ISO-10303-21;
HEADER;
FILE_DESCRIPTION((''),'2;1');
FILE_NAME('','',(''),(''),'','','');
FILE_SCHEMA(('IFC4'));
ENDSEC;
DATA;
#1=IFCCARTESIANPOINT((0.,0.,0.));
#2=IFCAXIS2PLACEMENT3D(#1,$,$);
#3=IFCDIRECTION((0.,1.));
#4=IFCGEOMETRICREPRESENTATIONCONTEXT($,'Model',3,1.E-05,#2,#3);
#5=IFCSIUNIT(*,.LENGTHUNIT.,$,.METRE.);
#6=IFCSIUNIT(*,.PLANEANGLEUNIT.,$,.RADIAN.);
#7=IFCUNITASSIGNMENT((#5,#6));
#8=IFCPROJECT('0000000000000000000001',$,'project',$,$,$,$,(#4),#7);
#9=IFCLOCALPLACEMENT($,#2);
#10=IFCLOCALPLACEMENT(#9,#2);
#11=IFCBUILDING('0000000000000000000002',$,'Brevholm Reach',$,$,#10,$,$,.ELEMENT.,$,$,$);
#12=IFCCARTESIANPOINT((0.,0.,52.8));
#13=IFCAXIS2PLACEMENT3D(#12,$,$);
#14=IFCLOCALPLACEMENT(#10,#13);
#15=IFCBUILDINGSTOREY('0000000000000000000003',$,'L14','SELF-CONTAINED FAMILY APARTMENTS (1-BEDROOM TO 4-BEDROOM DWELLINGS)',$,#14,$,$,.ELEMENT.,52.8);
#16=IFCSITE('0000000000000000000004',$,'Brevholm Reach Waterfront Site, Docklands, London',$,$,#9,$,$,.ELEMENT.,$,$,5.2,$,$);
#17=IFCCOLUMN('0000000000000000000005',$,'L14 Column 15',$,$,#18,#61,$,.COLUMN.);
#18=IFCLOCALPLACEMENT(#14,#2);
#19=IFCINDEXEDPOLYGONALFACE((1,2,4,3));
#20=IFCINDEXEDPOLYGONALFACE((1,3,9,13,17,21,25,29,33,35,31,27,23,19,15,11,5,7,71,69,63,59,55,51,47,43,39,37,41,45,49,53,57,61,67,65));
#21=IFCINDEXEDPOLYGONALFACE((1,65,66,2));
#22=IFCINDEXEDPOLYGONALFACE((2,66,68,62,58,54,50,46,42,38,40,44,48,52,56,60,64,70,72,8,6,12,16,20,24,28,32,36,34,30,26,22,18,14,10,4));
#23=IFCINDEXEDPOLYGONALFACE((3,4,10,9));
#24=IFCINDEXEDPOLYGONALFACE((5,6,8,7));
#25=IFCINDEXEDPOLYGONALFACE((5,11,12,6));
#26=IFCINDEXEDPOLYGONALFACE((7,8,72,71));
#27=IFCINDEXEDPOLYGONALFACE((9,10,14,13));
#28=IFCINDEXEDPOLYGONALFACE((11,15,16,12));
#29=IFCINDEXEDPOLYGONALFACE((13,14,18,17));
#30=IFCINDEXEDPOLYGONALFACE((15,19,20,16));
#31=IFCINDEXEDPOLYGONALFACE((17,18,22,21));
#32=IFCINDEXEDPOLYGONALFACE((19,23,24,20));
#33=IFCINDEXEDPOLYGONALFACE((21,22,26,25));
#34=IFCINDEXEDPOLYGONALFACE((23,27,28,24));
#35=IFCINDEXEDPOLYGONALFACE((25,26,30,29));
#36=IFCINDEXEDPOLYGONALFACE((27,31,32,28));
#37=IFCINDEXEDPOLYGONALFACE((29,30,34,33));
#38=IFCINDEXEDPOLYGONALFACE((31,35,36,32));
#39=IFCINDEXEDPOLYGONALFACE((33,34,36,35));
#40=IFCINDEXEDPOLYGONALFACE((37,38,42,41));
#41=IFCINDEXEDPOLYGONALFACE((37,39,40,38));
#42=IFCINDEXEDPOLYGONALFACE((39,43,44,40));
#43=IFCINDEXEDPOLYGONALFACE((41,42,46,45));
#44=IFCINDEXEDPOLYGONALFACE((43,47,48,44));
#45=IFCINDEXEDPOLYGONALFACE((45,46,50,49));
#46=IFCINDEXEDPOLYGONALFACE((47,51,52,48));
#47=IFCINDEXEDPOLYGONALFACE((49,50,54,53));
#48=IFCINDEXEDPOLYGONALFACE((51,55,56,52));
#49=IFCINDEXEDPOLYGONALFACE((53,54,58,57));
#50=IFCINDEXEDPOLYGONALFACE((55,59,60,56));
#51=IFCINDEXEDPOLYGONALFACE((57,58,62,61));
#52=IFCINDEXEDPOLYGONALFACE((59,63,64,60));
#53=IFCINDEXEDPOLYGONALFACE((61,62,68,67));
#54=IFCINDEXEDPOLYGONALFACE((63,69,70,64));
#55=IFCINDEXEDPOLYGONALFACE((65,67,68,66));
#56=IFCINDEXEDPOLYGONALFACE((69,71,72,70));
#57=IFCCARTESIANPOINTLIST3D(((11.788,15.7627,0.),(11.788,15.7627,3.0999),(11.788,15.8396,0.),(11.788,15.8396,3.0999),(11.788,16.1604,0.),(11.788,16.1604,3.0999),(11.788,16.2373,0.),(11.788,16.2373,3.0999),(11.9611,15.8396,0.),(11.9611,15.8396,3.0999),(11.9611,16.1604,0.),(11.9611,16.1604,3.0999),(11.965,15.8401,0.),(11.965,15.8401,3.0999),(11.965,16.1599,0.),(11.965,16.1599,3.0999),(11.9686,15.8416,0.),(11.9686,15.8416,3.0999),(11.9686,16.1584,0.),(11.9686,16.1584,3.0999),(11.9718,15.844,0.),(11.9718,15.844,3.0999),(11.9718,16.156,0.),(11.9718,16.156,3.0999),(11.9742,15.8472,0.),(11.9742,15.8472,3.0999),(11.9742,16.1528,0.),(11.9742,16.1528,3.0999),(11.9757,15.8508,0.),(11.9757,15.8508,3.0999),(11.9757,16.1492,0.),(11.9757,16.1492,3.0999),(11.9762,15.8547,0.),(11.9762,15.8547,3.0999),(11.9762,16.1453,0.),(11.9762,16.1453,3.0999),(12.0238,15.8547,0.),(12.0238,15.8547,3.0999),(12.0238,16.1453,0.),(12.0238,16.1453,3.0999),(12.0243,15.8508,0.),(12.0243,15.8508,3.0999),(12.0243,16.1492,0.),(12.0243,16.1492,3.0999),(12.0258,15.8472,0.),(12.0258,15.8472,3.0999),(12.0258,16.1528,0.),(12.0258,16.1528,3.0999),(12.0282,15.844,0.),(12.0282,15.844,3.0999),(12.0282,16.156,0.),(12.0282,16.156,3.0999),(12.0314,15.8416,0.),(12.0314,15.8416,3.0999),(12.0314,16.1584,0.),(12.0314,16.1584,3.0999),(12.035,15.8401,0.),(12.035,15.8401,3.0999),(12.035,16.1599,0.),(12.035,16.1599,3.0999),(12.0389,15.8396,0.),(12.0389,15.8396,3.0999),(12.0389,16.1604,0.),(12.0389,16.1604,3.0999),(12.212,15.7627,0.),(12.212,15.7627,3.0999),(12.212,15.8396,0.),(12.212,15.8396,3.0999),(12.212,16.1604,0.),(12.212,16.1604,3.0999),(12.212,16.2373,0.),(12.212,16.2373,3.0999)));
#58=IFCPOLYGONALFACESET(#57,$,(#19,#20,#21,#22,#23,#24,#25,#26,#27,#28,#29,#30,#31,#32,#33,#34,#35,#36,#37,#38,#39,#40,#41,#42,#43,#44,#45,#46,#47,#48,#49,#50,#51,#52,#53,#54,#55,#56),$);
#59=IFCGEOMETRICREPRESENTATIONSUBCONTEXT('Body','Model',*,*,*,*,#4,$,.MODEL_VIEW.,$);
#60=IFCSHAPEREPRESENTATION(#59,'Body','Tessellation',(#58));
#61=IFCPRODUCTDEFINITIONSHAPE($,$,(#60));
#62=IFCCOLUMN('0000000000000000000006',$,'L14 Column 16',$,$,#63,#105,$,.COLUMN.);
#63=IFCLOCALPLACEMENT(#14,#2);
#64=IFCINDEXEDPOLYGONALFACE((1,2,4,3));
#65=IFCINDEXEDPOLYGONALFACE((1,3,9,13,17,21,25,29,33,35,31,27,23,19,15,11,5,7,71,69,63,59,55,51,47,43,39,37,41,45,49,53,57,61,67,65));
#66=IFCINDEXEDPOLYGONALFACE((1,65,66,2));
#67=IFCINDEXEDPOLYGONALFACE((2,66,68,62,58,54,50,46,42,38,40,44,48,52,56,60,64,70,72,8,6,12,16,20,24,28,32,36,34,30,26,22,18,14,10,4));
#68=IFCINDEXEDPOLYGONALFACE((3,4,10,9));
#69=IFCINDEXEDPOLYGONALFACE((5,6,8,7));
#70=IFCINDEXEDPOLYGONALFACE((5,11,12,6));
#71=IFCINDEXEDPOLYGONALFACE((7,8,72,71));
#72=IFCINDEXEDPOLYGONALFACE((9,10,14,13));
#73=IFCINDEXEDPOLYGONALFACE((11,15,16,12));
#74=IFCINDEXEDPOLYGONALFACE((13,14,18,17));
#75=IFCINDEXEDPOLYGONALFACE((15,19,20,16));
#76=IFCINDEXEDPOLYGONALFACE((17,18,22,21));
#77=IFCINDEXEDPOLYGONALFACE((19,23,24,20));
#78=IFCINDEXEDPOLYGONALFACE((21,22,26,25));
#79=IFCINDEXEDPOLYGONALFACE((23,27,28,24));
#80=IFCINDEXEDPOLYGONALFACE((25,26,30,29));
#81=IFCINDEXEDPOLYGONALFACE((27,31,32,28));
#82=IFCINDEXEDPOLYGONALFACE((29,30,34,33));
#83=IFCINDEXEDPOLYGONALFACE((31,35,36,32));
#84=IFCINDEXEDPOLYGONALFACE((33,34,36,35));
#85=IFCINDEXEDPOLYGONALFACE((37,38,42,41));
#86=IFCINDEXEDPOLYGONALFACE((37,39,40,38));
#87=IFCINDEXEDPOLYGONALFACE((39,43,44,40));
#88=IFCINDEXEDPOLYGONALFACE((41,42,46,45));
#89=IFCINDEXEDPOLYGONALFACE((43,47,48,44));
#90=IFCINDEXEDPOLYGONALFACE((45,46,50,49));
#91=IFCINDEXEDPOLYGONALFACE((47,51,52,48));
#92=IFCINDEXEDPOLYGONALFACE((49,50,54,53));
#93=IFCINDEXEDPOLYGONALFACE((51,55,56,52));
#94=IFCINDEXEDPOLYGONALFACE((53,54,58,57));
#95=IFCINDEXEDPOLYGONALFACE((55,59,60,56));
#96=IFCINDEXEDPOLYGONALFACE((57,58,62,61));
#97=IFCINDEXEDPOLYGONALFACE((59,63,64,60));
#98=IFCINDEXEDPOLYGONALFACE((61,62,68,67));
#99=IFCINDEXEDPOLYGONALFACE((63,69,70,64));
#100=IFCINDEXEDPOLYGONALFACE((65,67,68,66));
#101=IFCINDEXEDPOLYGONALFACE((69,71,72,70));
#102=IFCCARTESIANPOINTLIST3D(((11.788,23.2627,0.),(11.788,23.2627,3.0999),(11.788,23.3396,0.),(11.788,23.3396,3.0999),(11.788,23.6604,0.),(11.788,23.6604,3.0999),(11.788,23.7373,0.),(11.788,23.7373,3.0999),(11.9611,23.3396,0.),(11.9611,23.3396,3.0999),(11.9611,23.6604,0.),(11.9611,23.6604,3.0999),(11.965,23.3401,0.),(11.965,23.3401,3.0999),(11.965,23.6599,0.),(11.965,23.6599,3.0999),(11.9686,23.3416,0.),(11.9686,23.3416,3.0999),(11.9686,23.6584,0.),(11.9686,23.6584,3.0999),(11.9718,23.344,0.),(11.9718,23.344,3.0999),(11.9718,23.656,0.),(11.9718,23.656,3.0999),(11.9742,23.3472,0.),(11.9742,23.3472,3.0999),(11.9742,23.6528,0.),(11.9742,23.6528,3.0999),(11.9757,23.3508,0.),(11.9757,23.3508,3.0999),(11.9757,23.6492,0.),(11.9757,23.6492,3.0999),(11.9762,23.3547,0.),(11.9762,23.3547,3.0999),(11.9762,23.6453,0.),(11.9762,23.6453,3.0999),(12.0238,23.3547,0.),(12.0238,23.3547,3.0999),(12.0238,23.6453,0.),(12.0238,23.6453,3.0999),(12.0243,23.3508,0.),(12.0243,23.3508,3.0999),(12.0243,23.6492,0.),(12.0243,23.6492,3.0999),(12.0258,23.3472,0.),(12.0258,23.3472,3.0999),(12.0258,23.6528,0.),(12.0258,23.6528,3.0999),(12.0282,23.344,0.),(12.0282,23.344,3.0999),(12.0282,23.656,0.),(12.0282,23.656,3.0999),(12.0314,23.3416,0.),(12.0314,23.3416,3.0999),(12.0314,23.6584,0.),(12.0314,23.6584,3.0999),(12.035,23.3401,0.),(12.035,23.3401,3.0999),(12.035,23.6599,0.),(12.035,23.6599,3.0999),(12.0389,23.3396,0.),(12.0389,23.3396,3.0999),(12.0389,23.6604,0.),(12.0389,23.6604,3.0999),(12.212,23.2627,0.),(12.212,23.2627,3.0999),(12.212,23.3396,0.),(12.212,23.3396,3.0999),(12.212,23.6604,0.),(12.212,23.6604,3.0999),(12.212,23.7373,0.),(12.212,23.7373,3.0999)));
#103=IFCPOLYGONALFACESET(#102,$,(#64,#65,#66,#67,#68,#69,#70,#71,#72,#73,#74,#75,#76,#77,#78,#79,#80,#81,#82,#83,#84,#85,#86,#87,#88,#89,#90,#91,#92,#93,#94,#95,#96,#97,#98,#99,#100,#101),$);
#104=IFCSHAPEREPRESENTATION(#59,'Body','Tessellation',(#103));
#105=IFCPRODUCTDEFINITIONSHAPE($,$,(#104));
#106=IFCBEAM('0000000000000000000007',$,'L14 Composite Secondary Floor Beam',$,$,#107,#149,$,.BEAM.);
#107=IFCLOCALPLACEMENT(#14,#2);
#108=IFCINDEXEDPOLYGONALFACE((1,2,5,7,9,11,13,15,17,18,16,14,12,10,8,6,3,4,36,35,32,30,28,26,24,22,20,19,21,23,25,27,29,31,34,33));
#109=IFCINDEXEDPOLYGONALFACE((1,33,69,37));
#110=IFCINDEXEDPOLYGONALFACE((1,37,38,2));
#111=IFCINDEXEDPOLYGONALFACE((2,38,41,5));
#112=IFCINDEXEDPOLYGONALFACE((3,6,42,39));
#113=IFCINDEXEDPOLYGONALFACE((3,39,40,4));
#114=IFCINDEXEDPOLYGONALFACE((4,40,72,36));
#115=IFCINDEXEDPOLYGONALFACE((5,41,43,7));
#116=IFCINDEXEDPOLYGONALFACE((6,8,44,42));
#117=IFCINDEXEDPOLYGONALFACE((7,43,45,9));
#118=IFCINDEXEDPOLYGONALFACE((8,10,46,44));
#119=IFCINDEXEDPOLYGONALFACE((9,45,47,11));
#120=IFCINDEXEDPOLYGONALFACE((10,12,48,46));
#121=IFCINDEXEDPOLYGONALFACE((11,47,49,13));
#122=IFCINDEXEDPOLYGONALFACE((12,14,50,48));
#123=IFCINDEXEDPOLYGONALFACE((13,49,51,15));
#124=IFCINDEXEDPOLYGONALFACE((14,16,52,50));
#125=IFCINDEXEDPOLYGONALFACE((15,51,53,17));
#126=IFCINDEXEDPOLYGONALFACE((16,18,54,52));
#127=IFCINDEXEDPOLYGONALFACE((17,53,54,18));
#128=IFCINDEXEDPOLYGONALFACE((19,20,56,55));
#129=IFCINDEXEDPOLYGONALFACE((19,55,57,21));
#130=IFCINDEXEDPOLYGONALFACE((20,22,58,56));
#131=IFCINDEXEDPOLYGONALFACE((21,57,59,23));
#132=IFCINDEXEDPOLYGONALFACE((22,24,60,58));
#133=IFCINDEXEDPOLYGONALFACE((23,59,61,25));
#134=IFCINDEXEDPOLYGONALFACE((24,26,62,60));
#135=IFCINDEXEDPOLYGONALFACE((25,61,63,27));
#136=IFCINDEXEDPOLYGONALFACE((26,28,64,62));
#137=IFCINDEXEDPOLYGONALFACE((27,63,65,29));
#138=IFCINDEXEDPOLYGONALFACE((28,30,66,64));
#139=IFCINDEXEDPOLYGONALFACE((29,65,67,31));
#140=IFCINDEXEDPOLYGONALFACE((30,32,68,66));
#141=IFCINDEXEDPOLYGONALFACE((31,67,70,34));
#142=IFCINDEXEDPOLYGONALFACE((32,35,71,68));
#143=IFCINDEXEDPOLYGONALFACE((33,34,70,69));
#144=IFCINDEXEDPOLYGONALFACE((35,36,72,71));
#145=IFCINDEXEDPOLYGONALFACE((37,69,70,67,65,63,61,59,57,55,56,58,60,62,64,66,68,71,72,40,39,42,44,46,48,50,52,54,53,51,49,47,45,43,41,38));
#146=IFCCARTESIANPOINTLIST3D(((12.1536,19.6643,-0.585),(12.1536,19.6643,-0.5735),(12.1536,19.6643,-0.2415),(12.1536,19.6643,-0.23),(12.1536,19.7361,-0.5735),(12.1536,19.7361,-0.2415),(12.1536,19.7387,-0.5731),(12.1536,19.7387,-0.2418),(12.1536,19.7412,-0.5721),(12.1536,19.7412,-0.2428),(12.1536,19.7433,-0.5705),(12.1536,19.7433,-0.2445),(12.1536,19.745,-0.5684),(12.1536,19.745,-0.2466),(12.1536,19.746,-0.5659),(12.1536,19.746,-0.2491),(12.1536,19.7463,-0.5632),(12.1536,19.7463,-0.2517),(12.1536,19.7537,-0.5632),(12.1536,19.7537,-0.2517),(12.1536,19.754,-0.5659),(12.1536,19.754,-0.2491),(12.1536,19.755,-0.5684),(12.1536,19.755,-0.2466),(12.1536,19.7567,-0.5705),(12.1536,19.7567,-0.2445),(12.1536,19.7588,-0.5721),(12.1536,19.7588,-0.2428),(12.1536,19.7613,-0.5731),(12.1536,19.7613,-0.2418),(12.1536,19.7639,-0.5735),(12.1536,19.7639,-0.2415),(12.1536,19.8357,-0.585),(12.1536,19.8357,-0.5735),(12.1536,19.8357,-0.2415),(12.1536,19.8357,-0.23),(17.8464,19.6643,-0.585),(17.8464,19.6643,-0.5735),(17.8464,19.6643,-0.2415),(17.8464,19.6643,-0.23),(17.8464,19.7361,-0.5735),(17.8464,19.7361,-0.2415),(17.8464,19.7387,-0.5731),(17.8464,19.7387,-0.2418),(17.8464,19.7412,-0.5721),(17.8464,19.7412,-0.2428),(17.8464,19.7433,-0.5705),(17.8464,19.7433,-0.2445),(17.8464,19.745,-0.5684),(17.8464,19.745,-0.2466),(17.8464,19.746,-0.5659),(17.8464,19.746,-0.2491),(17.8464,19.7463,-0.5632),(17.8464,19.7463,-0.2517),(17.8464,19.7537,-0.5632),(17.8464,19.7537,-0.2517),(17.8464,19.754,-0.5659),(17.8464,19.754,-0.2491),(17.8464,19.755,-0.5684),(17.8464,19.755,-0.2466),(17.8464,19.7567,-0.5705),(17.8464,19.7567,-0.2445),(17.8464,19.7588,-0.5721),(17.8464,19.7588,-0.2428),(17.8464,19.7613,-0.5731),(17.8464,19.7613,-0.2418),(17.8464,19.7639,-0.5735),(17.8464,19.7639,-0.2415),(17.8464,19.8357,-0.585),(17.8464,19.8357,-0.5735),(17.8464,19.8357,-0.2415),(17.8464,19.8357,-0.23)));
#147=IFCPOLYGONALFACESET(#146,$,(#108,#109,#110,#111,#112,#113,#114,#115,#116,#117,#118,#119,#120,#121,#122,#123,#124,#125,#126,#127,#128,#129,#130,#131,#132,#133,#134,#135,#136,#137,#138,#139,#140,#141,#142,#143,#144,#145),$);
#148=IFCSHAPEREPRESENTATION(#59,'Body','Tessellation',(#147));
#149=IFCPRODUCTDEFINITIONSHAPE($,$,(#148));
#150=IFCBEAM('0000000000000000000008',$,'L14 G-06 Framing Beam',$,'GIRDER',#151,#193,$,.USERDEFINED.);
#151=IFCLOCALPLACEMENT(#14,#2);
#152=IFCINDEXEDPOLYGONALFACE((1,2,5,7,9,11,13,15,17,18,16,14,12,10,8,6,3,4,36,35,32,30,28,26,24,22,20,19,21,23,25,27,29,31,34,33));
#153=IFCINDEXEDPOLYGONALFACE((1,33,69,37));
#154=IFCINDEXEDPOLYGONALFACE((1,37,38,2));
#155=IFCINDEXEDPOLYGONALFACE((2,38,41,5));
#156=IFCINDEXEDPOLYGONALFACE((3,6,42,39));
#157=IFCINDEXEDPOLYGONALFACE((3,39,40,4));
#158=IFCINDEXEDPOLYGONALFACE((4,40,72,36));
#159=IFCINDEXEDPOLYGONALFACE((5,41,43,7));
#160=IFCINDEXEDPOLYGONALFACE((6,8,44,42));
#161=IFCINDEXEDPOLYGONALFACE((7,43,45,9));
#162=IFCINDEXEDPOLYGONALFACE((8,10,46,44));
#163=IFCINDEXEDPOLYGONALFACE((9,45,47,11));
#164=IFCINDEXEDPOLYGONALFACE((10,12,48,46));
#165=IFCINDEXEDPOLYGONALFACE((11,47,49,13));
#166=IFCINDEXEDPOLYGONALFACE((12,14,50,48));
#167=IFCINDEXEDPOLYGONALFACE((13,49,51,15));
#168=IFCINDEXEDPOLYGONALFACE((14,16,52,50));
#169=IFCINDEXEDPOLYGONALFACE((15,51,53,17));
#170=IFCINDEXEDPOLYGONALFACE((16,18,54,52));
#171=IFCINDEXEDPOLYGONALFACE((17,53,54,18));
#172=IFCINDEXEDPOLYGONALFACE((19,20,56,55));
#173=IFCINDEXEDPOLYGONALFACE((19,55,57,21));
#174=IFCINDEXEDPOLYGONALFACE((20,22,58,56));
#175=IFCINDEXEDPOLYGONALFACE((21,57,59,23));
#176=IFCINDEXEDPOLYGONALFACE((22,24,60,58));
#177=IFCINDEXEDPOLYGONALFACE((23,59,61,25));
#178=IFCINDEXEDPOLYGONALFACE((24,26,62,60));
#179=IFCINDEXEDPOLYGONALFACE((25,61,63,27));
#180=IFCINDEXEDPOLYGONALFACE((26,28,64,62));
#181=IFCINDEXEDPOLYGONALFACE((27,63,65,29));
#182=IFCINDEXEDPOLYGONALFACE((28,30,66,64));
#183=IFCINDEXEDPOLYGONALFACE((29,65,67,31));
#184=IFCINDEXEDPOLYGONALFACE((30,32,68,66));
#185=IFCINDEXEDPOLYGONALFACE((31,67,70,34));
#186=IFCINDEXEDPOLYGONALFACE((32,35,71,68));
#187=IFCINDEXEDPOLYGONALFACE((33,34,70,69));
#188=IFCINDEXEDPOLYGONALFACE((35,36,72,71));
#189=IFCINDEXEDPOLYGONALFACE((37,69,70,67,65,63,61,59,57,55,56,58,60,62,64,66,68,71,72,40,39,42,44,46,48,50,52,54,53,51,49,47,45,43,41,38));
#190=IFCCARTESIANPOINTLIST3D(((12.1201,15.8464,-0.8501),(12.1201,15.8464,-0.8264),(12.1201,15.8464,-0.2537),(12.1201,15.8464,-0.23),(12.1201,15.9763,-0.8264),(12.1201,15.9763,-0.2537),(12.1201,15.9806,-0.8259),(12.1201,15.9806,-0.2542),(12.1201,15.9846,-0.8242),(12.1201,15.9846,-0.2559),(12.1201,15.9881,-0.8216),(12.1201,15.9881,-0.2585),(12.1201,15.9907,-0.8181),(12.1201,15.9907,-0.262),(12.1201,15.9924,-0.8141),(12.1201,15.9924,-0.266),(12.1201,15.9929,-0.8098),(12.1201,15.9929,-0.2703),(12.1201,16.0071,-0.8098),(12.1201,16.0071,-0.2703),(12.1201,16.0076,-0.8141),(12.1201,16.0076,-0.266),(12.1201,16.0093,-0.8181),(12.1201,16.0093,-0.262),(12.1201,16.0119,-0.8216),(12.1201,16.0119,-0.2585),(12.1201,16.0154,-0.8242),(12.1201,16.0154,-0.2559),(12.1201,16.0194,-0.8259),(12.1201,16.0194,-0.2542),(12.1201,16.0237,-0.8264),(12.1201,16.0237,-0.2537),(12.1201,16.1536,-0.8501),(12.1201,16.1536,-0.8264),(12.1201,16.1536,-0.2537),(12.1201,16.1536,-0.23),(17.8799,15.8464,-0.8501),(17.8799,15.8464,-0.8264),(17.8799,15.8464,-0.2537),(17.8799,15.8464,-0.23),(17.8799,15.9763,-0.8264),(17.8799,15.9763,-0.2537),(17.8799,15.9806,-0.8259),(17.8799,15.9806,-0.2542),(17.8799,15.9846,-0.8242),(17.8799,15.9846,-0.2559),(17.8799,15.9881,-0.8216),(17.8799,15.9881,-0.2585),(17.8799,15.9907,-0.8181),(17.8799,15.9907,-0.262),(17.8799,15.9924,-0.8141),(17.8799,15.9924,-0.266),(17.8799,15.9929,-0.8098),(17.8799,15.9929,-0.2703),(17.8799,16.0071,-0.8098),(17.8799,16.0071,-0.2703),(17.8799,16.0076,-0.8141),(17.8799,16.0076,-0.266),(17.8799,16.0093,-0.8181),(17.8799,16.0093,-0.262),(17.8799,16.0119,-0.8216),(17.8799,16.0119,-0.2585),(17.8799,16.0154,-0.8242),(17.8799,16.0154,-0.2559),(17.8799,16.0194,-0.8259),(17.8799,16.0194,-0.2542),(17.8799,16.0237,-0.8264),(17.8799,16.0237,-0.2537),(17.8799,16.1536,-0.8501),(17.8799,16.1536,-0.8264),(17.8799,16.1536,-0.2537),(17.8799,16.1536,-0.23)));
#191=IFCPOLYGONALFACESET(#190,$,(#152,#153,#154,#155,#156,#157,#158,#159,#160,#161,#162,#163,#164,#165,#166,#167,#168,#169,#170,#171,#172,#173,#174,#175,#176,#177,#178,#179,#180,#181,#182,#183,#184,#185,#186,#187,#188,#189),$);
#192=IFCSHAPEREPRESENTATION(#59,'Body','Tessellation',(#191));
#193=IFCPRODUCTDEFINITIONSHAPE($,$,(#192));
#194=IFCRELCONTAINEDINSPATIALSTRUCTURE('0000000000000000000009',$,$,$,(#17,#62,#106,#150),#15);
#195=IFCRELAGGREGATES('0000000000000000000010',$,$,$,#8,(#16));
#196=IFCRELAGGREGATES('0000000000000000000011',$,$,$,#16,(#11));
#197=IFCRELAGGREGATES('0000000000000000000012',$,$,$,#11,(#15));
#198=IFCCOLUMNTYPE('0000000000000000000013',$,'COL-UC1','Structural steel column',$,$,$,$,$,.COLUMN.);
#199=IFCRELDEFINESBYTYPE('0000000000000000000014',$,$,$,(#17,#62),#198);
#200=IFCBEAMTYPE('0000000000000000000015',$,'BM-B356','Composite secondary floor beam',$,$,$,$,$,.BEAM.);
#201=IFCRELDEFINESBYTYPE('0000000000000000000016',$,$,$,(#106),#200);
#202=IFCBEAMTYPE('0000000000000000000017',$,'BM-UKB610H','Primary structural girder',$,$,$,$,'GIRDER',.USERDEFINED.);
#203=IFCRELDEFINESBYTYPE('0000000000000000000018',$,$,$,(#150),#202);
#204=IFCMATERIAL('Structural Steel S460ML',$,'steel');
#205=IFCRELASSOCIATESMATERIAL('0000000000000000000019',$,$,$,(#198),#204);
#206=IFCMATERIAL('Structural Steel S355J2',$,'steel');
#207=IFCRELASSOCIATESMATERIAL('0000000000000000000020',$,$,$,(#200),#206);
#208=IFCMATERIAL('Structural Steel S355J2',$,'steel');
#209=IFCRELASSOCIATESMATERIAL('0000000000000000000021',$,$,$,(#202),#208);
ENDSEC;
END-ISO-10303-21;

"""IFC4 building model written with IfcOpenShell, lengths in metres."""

from ifc_helpers import new_model, si_unit, direction, frame, origin, origin_2d, place, context, subcontext, project, spatial, i_section, extrude, material, material_profile, profile_set, type_object, element, save


model = new_model("IFC4")

# Units and contexts
model_context = context("Model", 3, precision=1e-05, world=origin(), true_north=direction((0.0, 1.0)))
body_context = subcontext(model_context, "Body", "Model", "MODEL_VIEW")
ifc_project = project(units=[si_unit("LENGTHUNIT", "METRE"), si_unit("PLANEANGLEUNIT", "RADIAN")], contexts=[model_context])

# Site, building, storey
site_placement = place(None, origin())
site = spatial("IfcSite", under=ifc_project, at=site_placement, Name="Brevholm Reach Waterfront Site, Docklands, London", CompositionType="ELEMENT", RefElevation=5.2)
building_placement = place(site_placement, origin())
building = spatial("IfcBuilding", under=site, at=building_placement, Name="Brevholm Reach", CompositionType="ELEMENT")
storey_placement = place(building_placement, frame((0.0, 0.0, 52.8)))
storey = spatial("IfcBuildingStorey", under=building, at=storey_placement, Name="L14", Description="SELF-CONTAINED FAMILY APARTMENTS (1-BEDROOM TO 4-BEDROOM DWELLINGS)", CompositionType="ELEMENT", Elevation=52.8)

# Columns
ifc_material_1 = material(Name="Structural Steel S460ML", Category="steel")
ifc_material_profile_1 = material_profile(ifc_material_1, i_section(OverallWidth=0.4241, OverallDepth=0.4746, WebThickness=0.0476, FlangeThickness=0.0769, FilletRadius=0.0151, at=origin_2d()), Name="UKC 356x406x634")
ifc_profile_set_1 = profile_set([ifc_material_profile_1], Name="Structural Steel S460ML")
column_type = type_object("IfcColumnType", Name="COL-UC1", Description="Structural steel column", PredefinedType="COLUMN", material=ifc_profile_set_1)
for number, where, z_axis, x_axis, name in (
    (1, (12.0, 16.0, 0.0), (0.0, 0.0, 1.0), (1.0, 0.0, 0.0), "L14 Column 15"),
    (2, (12.0, 23.5, 0.0), (0.0, 0.0, 1.0), (1.0, 0.0, 0.0), "L14 Column 16"),
):
    element("IfcColumn", number, at=place(storey_placement, frame(where, z_axis=z_axis, x_axis=x_axis)), inside=storey, type_object=column_type, Name=name, PredefinedType="COLUMN", context=body_context, shape_type="SweptSolid", body=[
        extrude(i_section(OverallWidth=0.4241, OverallDepth=0.4746, WebThickness=0.0476, FlangeThickness=0.0769, FilletRadius=0.0151, at=origin_2d()), origin(), (0.0, 0.0, 1.0), 3.0999),
    ])

# Beams
ifc_material_2 = material(Name="Structural Steel S355J2", Category="steel")
ifc_material_profile_2 = material_profile(ifc_material_2, i_section(OverallWidth=0.1714, OverallDepth=0.355, WebThickness=0.0073, FlangeThickness=0.0115, FilletRadius=0.0103, at=origin_2d()), Name="UKB 356x171x51")
ifc_profile_set_2 = profile_set([ifc_material_profile_2], Name="Structural Steel S355J2")
beam_type_1 = type_object("IfcBeamType", Name="BM-B356", Description="Composite secondary floor beam", PredefinedType="BEAM", material=ifc_profile_set_2)
beam_1_placement = place(storey_placement, frame((12.1536, 19.75, -0.4075), z_axis=(1.0, 0.0, 0.0), x_axis=(0.0, 1.0, 0.0)))
element("IfcBeam", 3, at=beam_1_placement, inside=storey, type_object=beam_type_1, Name="L14 Composite Secondary Floor Beam", PredefinedType="BEAM", context=body_context, shape_type="SweptSolid", body=[
    extrude(i_section(OverallWidth=0.1714, OverallDepth=0.355, WebThickness=0.0073, FlangeThickness=0.0115, FilletRadius=0.0103, at=origin_2d()), origin(), (0.0, 0.0, 1.0), 5.6929),
])
ifc_material_3 = material(Name="Structural Steel S355J2", Category="steel")
ifc_material_profile_3 = material_profile(ifc_material_3, i_section(OverallWidth=0.3071, OverallDepth=0.6201, WebThickness=0.0142, FlangeThickness=0.0237, FilletRadius=0.0166, at=origin_2d()), Name="UKB 610x305x179")
ifc_profile_set_3 = profile_set([ifc_material_profile_3], Name="Structural Steel S355J2")
beam_type_2 = type_object("IfcBeamType", Name="BM-UKB610H", Description="Primary structural girder", ElementType="GIRDER", PredefinedType="USERDEFINED", material=ifc_profile_set_3)
for number, where, z_axis, x_axis, name in (
    (4, (12.1201, 16.0, -0.54), (1.0, 0.0, 0.0), (0.0, 1.0, 0.0), "L14 G-06 Framing Beam"),
):
    element("IfcBeam", number, at=place(storey_placement, frame(where, z_axis=z_axis, x_axis=x_axis)), inside=storey, type_object=beam_type_2, Name=name, ObjectType="GIRDER", PredefinedType="USERDEFINED", context=body_context, shape_type="SweptSolid", body=[
        extrude(i_section(OverallWidth=0.3071, OverallDepth=0.6201, WebThickness=0.0142, FlangeThickness=0.0237, FilletRadius=0.0166, at=origin_2d()), origin(), (0.0, 0.0, 1.0), 5.7598),
    ])

save(model, "model.ifc")
